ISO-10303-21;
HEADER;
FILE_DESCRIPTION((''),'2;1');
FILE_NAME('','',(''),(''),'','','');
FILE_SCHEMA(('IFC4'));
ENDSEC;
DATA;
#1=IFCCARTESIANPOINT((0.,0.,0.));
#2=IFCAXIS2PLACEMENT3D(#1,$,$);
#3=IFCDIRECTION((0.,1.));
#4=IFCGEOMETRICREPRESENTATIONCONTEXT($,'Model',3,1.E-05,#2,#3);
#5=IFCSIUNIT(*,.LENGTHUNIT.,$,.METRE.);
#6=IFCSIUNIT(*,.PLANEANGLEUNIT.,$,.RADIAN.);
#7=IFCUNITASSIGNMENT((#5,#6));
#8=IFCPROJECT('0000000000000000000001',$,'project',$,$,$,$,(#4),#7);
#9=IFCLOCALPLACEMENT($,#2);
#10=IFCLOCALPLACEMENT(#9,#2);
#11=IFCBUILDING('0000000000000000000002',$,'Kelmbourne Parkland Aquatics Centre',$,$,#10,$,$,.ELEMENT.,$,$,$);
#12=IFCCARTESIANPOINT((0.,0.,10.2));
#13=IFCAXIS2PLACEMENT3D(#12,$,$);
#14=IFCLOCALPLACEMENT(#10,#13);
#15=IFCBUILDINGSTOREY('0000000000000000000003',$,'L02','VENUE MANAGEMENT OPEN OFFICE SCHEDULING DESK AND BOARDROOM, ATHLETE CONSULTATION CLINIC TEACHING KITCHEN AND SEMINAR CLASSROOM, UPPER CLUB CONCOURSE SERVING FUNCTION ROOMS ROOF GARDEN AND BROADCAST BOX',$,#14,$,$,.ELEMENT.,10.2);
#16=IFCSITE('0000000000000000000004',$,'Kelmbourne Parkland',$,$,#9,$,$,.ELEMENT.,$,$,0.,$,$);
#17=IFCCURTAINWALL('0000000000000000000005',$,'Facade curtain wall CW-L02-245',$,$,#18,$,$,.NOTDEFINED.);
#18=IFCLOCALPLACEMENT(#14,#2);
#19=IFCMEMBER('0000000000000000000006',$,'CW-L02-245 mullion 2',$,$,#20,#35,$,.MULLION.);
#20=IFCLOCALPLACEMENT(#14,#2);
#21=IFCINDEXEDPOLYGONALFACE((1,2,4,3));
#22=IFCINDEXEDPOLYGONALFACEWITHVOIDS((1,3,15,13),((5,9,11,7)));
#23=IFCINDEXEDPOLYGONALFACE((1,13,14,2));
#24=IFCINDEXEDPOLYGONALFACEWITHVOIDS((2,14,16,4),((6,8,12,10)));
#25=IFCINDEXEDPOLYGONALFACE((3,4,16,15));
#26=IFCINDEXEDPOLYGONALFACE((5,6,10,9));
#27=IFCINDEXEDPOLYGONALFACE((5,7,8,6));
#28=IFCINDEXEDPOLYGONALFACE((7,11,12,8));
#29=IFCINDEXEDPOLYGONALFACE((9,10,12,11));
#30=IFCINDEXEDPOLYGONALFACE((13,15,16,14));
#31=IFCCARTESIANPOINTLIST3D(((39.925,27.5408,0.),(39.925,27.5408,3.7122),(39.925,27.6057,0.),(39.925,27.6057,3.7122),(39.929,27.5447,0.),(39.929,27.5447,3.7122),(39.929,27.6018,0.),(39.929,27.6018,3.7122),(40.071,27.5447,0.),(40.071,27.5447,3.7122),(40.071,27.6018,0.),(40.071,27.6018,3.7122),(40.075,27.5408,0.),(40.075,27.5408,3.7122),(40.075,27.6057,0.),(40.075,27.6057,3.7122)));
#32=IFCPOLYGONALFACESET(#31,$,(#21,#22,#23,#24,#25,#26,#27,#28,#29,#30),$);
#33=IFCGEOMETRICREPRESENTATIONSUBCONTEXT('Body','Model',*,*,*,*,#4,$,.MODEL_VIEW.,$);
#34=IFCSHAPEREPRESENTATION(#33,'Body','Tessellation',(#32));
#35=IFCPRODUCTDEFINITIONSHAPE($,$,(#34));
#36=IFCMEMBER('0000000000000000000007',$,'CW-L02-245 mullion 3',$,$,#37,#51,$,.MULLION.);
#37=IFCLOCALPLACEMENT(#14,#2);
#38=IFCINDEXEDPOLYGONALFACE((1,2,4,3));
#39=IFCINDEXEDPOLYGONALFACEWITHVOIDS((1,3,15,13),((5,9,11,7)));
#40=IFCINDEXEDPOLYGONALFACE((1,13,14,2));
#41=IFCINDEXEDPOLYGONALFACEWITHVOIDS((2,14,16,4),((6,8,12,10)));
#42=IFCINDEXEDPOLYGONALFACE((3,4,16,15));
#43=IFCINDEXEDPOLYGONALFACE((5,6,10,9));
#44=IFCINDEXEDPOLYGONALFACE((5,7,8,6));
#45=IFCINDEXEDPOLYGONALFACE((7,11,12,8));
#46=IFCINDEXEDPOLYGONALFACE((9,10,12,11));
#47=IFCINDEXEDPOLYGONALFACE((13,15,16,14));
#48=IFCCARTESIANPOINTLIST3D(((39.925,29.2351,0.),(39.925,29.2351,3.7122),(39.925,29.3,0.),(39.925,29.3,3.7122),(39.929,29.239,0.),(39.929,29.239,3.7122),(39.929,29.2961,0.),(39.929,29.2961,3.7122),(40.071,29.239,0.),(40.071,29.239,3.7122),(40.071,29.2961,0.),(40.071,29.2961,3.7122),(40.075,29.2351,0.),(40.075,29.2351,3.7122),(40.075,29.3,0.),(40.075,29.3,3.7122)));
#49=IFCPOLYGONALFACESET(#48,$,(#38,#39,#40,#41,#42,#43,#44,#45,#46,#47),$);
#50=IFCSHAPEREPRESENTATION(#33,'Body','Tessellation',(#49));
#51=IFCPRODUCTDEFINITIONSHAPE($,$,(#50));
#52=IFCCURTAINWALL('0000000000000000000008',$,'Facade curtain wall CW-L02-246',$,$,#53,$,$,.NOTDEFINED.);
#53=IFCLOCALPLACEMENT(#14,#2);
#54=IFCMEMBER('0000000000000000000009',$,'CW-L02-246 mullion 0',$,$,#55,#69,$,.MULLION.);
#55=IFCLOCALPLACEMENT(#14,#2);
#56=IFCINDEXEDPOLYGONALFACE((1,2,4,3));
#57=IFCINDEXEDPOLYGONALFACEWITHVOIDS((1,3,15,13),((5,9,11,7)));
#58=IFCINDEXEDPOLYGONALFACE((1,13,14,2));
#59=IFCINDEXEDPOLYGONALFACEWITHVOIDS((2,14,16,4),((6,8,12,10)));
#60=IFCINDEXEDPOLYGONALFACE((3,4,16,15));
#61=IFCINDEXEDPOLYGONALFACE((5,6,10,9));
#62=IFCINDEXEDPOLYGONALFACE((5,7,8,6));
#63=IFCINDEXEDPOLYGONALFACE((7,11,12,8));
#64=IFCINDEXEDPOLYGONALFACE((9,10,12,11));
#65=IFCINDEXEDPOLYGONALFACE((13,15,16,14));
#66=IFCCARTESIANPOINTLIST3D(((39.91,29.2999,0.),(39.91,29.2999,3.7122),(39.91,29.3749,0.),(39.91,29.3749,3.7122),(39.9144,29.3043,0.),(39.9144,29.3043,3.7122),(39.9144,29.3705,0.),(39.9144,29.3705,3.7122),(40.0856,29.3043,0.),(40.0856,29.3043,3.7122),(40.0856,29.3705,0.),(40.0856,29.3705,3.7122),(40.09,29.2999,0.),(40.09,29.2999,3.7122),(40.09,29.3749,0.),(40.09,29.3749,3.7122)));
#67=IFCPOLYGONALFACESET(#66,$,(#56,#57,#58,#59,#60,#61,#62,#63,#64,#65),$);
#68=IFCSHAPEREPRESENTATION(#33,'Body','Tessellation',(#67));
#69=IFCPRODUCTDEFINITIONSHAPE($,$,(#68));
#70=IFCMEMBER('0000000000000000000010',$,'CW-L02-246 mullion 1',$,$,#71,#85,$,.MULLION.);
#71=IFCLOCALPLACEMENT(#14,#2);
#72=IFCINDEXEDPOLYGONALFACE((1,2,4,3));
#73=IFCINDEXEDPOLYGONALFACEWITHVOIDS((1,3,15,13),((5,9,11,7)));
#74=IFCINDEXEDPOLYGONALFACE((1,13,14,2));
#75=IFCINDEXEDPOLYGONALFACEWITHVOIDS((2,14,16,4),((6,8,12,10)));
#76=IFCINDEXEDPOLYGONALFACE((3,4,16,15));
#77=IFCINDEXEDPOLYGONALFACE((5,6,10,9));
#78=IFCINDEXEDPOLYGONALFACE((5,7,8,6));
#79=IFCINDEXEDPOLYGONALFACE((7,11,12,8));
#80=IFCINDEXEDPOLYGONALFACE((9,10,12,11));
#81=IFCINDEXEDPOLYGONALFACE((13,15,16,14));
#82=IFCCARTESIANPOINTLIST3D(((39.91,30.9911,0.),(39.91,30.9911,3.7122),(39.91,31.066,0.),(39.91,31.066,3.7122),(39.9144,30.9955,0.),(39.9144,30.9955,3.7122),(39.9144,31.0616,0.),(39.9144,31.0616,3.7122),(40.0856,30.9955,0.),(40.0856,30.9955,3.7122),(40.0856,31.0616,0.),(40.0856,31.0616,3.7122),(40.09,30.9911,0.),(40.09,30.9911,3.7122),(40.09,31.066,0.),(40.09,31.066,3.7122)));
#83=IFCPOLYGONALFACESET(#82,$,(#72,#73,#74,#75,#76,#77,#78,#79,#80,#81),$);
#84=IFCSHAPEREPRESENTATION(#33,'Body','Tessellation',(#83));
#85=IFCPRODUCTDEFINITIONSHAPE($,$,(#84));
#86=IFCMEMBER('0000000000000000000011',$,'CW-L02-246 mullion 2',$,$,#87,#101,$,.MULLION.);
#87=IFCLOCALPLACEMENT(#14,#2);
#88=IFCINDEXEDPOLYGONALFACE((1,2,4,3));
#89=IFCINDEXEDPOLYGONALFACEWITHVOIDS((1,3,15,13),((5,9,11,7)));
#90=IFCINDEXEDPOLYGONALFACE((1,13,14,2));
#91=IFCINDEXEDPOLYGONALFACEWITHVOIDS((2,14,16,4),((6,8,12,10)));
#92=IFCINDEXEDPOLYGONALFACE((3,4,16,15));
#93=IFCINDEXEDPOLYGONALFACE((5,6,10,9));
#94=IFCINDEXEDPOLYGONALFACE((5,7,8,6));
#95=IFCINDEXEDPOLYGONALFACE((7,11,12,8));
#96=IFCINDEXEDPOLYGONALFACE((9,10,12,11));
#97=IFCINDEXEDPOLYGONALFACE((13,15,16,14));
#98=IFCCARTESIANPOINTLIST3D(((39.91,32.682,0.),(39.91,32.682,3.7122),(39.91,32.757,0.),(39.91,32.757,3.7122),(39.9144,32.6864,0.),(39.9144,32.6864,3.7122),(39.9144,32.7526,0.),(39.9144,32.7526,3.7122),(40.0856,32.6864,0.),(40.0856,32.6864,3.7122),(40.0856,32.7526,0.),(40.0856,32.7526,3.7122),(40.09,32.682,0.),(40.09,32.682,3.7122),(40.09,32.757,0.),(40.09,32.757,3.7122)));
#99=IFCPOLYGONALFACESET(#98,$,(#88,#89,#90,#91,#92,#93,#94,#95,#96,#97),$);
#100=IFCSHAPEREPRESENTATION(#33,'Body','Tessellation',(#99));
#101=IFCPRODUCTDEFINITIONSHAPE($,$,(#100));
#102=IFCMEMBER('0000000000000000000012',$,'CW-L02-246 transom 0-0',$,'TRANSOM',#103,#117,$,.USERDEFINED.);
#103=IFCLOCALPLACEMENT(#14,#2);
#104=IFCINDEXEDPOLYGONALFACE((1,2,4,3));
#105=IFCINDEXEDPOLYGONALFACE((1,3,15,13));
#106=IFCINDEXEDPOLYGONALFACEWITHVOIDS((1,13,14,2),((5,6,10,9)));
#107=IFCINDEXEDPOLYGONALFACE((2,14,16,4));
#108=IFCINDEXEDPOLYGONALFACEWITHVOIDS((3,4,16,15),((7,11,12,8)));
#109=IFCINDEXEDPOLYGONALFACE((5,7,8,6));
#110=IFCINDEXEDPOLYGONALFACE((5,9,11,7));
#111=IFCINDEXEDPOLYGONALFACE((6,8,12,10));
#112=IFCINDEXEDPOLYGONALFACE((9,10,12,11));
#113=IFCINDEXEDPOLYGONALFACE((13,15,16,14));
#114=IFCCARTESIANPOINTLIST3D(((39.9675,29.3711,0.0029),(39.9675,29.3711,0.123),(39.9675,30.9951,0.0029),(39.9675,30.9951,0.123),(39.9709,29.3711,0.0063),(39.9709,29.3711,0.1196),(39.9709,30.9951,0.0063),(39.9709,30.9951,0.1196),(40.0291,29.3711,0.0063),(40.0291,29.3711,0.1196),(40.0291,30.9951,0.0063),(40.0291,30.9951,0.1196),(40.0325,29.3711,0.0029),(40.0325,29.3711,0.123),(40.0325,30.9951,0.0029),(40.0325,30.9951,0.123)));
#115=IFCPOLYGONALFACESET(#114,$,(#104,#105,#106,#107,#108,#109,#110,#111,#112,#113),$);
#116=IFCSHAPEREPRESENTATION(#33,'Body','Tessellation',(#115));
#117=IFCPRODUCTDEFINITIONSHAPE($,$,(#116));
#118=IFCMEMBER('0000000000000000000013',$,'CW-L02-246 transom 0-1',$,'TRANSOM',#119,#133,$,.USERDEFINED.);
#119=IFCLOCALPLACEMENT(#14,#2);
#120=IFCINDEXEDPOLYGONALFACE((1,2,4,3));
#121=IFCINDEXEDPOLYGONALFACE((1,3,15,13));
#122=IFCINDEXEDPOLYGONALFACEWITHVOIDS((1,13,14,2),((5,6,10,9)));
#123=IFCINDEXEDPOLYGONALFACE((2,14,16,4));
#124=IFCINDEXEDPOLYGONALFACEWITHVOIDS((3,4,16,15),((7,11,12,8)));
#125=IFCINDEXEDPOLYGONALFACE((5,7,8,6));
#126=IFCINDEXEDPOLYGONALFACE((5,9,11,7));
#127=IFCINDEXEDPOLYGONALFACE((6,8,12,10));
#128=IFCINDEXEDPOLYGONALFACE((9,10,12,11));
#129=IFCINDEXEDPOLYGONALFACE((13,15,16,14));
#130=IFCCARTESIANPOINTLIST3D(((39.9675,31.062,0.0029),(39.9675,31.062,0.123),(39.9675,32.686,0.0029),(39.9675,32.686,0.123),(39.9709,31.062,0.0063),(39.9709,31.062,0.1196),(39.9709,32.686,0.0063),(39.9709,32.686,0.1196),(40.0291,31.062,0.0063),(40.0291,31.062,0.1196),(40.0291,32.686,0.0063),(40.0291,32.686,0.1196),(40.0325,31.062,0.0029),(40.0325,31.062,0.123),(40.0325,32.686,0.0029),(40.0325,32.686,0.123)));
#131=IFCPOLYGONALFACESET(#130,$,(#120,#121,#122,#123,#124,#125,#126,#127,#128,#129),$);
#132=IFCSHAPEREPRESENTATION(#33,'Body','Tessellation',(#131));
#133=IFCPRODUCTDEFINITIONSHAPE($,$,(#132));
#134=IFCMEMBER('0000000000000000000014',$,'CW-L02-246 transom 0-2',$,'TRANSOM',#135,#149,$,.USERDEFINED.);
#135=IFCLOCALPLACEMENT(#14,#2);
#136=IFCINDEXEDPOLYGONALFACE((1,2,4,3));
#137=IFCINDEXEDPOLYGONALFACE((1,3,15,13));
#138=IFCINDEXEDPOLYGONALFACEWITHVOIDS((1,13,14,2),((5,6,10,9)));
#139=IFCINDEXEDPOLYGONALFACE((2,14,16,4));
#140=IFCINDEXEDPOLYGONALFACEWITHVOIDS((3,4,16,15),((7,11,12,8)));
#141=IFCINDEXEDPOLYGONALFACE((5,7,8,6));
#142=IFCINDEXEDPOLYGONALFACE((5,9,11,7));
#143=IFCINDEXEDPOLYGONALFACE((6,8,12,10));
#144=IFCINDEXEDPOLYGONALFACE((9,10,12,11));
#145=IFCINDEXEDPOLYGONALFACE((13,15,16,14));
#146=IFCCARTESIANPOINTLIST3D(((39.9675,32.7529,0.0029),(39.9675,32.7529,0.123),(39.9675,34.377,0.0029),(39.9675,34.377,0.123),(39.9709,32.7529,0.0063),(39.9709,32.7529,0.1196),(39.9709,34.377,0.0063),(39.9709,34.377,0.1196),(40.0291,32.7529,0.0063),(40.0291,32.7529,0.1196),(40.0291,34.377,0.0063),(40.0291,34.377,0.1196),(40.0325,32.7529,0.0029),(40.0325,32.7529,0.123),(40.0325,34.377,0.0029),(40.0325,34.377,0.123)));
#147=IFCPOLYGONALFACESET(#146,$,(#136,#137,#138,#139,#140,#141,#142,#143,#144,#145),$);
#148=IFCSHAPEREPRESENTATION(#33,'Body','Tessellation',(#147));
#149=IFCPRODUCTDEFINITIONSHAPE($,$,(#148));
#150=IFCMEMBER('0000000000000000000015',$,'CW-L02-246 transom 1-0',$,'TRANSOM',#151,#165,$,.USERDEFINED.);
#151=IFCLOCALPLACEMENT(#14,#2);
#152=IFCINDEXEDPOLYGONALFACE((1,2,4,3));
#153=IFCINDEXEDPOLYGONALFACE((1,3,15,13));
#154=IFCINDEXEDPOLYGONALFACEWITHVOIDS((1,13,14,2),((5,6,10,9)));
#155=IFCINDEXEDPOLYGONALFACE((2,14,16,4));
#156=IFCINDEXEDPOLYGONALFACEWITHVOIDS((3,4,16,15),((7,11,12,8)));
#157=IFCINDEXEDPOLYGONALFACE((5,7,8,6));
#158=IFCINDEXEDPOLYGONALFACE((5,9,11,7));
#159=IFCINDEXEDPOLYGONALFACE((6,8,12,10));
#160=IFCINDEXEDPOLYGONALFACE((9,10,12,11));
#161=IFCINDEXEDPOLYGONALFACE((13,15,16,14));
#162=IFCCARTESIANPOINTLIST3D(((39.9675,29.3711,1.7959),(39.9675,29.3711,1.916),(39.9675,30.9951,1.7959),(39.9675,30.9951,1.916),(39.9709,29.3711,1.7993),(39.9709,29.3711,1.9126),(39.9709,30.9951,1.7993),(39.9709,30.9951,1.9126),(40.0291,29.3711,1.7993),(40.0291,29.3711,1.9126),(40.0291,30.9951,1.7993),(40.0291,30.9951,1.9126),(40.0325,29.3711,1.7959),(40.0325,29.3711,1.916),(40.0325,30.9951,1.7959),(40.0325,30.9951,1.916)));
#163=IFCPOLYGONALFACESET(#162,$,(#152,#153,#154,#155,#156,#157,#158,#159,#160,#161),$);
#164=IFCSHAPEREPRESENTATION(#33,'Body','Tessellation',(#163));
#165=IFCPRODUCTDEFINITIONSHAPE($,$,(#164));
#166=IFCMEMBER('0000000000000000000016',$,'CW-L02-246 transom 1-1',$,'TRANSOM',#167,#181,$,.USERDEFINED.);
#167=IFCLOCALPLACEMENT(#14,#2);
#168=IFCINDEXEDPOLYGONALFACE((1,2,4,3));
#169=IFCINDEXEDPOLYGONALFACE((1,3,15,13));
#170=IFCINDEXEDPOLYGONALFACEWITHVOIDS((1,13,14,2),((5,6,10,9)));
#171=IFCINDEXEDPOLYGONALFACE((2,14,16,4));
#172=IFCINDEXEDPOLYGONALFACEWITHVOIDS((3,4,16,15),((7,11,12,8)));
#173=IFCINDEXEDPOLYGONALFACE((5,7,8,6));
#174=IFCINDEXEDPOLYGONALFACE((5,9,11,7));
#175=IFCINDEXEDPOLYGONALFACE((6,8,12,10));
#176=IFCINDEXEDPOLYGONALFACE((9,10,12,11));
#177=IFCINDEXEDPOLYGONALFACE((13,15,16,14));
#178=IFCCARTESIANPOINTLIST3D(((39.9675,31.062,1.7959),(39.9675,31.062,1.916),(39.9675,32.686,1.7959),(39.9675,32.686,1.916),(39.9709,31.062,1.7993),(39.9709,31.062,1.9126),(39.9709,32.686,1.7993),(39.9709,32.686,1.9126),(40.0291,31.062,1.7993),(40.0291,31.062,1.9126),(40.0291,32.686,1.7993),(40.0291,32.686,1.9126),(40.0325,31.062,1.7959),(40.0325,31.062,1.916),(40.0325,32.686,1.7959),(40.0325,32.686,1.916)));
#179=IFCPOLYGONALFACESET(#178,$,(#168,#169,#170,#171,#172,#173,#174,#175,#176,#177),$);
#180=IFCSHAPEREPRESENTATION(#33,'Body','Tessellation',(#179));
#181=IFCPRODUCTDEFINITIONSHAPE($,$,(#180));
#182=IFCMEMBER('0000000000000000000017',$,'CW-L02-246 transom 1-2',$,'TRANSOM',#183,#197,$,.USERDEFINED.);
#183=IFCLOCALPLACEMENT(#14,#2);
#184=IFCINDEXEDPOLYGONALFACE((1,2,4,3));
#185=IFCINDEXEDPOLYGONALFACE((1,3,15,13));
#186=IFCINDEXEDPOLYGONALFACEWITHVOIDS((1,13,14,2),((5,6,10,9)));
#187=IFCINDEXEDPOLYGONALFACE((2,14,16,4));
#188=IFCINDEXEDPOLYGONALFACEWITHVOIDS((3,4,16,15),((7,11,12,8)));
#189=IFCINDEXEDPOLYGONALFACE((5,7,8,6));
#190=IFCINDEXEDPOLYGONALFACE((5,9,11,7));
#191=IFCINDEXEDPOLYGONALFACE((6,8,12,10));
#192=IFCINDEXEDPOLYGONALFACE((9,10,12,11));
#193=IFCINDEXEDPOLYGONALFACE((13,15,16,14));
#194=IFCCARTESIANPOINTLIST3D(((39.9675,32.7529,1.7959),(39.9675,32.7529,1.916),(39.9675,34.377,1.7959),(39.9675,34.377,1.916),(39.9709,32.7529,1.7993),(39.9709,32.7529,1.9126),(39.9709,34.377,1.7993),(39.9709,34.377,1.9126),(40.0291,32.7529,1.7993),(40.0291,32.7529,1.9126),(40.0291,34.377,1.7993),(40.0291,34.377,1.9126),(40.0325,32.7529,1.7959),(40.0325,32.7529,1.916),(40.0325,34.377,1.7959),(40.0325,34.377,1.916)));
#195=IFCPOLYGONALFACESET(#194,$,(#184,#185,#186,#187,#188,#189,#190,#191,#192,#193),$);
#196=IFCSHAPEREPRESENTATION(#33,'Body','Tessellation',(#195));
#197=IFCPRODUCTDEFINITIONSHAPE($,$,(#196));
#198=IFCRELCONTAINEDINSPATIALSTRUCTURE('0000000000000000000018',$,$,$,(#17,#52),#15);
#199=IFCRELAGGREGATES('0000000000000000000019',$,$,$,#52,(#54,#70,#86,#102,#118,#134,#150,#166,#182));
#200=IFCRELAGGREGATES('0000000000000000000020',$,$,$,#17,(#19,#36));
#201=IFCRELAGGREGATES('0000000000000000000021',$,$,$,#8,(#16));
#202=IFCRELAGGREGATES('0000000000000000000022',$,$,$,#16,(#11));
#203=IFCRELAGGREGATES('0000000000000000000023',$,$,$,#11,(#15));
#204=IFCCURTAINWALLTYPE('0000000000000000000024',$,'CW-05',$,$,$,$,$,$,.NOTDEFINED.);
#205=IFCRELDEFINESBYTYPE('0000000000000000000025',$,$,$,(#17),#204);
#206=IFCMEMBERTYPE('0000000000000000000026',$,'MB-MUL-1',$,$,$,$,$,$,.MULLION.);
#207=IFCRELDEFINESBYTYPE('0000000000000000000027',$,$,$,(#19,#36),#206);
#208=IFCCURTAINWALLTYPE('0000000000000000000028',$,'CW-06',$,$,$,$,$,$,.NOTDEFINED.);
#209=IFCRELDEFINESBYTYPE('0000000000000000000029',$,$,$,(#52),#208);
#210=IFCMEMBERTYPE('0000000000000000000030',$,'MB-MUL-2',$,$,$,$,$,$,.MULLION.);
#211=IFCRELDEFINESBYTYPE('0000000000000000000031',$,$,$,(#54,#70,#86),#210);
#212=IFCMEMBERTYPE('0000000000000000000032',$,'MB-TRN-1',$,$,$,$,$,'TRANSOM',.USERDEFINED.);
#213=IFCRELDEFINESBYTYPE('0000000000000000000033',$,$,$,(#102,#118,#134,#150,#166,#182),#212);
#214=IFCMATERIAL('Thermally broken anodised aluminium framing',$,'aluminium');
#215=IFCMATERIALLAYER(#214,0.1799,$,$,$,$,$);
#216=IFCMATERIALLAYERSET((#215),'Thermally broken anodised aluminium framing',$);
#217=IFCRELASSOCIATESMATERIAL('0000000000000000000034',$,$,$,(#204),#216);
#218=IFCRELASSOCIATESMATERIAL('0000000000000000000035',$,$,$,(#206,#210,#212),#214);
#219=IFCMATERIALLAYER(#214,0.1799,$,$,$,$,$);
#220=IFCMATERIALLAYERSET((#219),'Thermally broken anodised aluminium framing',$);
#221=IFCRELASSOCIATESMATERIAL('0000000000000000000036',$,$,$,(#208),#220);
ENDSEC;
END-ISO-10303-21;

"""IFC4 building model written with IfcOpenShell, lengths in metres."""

from ifc_helpers import new_model, si_unit, direction, frame, origin, origin_2d, place, context, subcontext, project, spatial, hollow_rectangle, extrude, material, layer, layer_set, material_profile, profile_set, type_object, element, aggregate, save


model = new_model("IFC4")

# Units and contexts
model_context = context("Model", 3, precision=1e-05, world=origin(), true_north=direction((0.0, 1.0)))
body_context = subcontext(model_context, "Body", "Model", "MODEL_VIEW")
ifc_project = project(units=[si_unit("LENGTHUNIT", "METRE"), si_unit("PLANEANGLEUNIT", "RADIAN")], contexts=[model_context])

# Site, building, storey
site_placement = place(None, origin())
site = spatial("IfcSite", under=ifc_project, at=site_placement, Name="Kelmbourne Parkland", CompositionType="ELEMENT", RefElevation=0.0)
building_placement = place(site_placement, origin())
building = spatial("IfcBuilding", under=site, at=building_placement, Name="Kelmbourne Parkland Aquatics Centre", CompositionType="ELEMENT")
storey_placement = place(building_placement, frame((0.0, 0.0, 10.2)))
storey = spatial("IfcBuildingStorey", under=building, at=storey_placement, Name="L02", Description="VENUE MANAGEMENT OPEN OFFICE SCHEDULING DESK AND BOARDROOM, ATHLETE CONSULTATION CLINIC TEACHING KITCHEN AND SEMINAR CLASSROOM, UPPER CLUB CONCOURSE SERVING FUNCTION ROOMS ROOF GARDEN AND BROADCAST BOX", CompositionType="ELEMENT", Elevation=10.2)

# Curtain walls, members
ifc_material_1 = material(Name="Thermally broken anodised aluminium framing", Category="aluminium")
ifc_layer_1 = layer(ifc_material_1, 0.1799)
ifc_layer_set_1 = layer_set([ifc_layer_1], Name="Thermally broken anodised aluminium framing")
curtain_wall_type_1 = type_object("IfcCurtainWallType", Name="CW-05", PredefinedType="NOTDEFINED", material=ifc_layer_set_1)
curtain_wall_1_placement = place(storey_placement, origin())
curtain_wall_1 = element("IfcCurtainWall", 1, at=curtain_wall_1_placement, inside=storey, type_object=curtain_wall_type_1, Name="Facade curtain wall CW-L02-245", PredefinedType="NOTDEFINED")
ifc_material_profile_1 = material_profile(ifc_material_1, hollow_rectangle(XDim=0.0649, YDim=0.1499, WallThickness=0.0039, at=origin_2d()), Name="CW-M 65x150")
ifc_profile_set_1 = profile_set([ifc_material_profile_1], Name="Thermally broken anodised aluminium framing")
member_type_1 = type_object("IfcMemberType", Name="MB-MUL-1", PredefinedType="MULLION", material=ifc_profile_set_1)
member_1_placement = place(storey_placement, frame((40.0, 27.5732, 0.0), z_axis=(0.0, 0.0, 1.0), x_axis=(0.0, 1.0, 0.0)))
member_1 = element("IfcMember", 2, at=member_1_placement, type_object=member_type_1, Name="CW-L02-245 mullion 2", PredefinedType="MULLION", context=body_context, shape_type="SweptSolid", body=[
    extrude(hollow_rectangle(XDim=0.0649, YDim=0.1499, WallThickness=0.0039, at=origin_2d()), origin(), (0.0, 0.0, 1.0), 3.7122),
])
member_2_placement = place(storey_placement, frame((40.0, 29.2676, 0.0), z_axis=(0.0, 0.0, 1.0), x_axis=(0.0, 1.0, 0.0)))
member_2 = element("IfcMember", 3, at=member_2_placement, type_object=member_type_1, Name="CW-L02-245 mullion 3", PredefinedType="MULLION", context=body_context, shape_type="SweptSolid", body=[
    extrude(hollow_rectangle(XDim=0.0649, YDim=0.1499, WallThickness=0.0039, at=origin_2d()), origin(), (0.0, 0.0, 1.0), 3.7122),
])
ifc_layer_2 = layer(ifc_material_1, 0.1799)
ifc_layer_set_2 = layer_set([ifc_layer_2], Name="Thermally broken anodised aluminium framing")
curtain_wall_type_2 = type_object("IfcCurtainWallType", Name="CW-06", PredefinedType="NOTDEFINED", material=ifc_layer_set_2)
curtain_wall_2_placement = place(storey_placement, origin())
curtain_wall_2 = element("IfcCurtainWall", 4, at=curtain_wall_2_placement, inside=storey, type_object=curtain_wall_type_2, Name="Facade curtain wall CW-L02-246", PredefinedType="NOTDEFINED")
ifc_material_profile_2 = material_profile(ifc_material_1, hollow_rectangle(XDim=0.075, YDim=0.1799, WallThickness=0.0044, at=origin_2d()), Name="CW-M 75x180")
ifc_profile_set_2 = profile_set([ifc_material_profile_2], Name="Thermally broken anodised aluminium framing")
member_type_2 = type_object("IfcMemberType", Name="MB-MUL-2", PredefinedType="MULLION", material=ifc_profile_set_2)
member_3_placement = place(storey_placement, frame((40.0, 29.3374, 0.0), z_axis=(0.0, 0.0, 1.0), x_axis=(0.0, 1.0, 0.0)))
member_3 = element("IfcMember", 5, at=member_3_placement, type_object=member_type_2, Name="CW-L02-246 mullion 0", PredefinedType="MULLION", context=body_context, shape_type="SweptSolid", body=[
    extrude(hollow_rectangle(XDim=0.075, YDim=0.1799, WallThickness=0.0044, at=origin_2d()), origin(), (0.0, 0.0, 1.0), 3.7122),
])
member_4_placement = place(storey_placement, frame((40.0, 31.0286, 0.0), z_axis=(0.0, 0.0, 1.0), x_axis=(0.0, 1.0, 0.0)))
member_4 = element("IfcMember", 6, at=member_4_placement, type_object=member_type_2, Name="CW-L02-246 mullion 1", PredefinedType="MULLION", context=body_context, shape_type="SweptSolid", body=[
    extrude(hollow_rectangle(XDim=0.075, YDim=0.1799, WallThickness=0.0044, at=origin_2d()), origin(), (0.0, 0.0, 1.0), 3.7122),
])
member_5_placement = place(storey_placement, frame((40.0, 32.7195, 0.0), z_axis=(0.0, 0.0, 1.0), x_axis=(0.0, 1.0, 0.0)))
member_5 = element("IfcMember", 7, at=member_5_placement, type_object=member_type_2, Name="CW-L02-246 mullion 2", PredefinedType="MULLION", context=body_context, shape_type="SweptSolid", body=[
    extrude(hollow_rectangle(XDim=0.075, YDim=0.1799, WallThickness=0.0044, at=origin_2d()), origin(), (0.0, 0.0, 1.0), 3.7122),
])
ifc_material_profile_3 = material_profile(ifc_material_1, hollow_rectangle(XDim=0.0649, YDim=0.1201, WallThickness=0.0034, at=origin_2d()), Name="CW-T 65x120")
ifc_profile_set_3 = profile_set([ifc_material_profile_3], Name="Thermally broken anodised aluminium framing")
member_type_3 = type_object("IfcMemberType", Name="MB-TRN-1", ElementType="TRANSOM", PredefinedType="USERDEFINED", material=ifc_profile_set_3)
member_6_placement = place(storey_placement, frame((40.0, 29.3711, 0.063), z_axis=(0.0, 1.0, 0.0), x_axis=(-1.0, 0.0, 0.0)))
member_6 = element("IfcMember", 8, at=member_6_placement, type_object=member_type_3, Name="CW-L02-246 transom 0-0", ObjectType="TRANSOM", PredefinedType="USERDEFINED", context=body_context, shape_type="SweptSolid", body=[
    extrude(hollow_rectangle(XDim=0.0649, YDim=0.1201, WallThickness=0.0034, at=origin_2d()), origin(), (0.0, 0.0, 1.0), 1.624),
])
member_7_placement = place(storey_placement, frame((40.0, 31.062, 0.063), z_axis=(0.0, 1.0, 0.0), x_axis=(-1.0, 0.0, 0.0)))
member_7 = element("IfcMember", 9, at=member_7_placement, type_object=member_type_3, Name="CW-L02-246 transom 0-1", ObjectType="TRANSOM", PredefinedType="USERDEFINED", context=body_context, shape_type="SweptSolid", body=[
    extrude(hollow_rectangle(XDim=0.0649, YDim=0.1201, WallThickness=0.0034, at=origin_2d()), origin(), (0.0, 0.0, 1.0), 1.624),
])
member_8_placement = place(storey_placement, frame((40.0, 32.7529, 0.063), z_axis=(0.0, 1.0, 0.0), x_axis=(-1.0, 0.0, 0.0)))
member_8 = element("IfcMember", 10, at=member_8_placement, type_object=member_type_3, Name="CW-L02-246 transom 0-2", ObjectType="TRANSOM", PredefinedType="USERDEFINED", context=body_context, shape_type="SweptSolid", body=[
    extrude(hollow_rectangle(XDim=0.0649, YDim=0.1201, WallThickness=0.0034, at=origin_2d()), origin(), (0.0, 0.0, 1.0), 1.624),
])
member_9_placement = place(storey_placement, frame((40.0, 29.3711, 1.856), z_axis=(0.0, 1.0, 0.0), x_axis=(-1.0, 0.0, 0.0)))
member_9 = element("IfcMember", 11, at=member_9_placement, type_object=member_type_3, Name="CW-L02-246 transom 1-0", ObjectType="TRANSOM", PredefinedType="USERDEFINED", context=body_context, shape_type="SweptSolid", body=[
    extrude(hollow_rectangle(XDim=0.0649, YDim=0.1201, WallThickness=0.0034, at=origin_2d()), origin(), (0.0, 0.0, 1.0), 1.624),
])
member_10_placement = place(storey_placement, frame((40.0, 31.062, 1.856), z_axis=(0.0, 1.0, 0.0), x_axis=(-1.0, 0.0, 0.0)))
member_10 = element("IfcMember", 12, at=member_10_placement, type_object=member_type_3, Name="CW-L02-246 transom 1-1", ObjectType="TRANSOM", PredefinedType="USERDEFINED", context=body_context, shape_type="SweptSolid", body=[
    extrude(hollow_rectangle(XDim=0.0649, YDim=0.1201, WallThickness=0.0034, at=origin_2d()), origin(), (0.0, 0.0, 1.0), 1.624),
])
member_11_placement = place(storey_placement, frame((40.0, 32.7529, 1.856), z_axis=(0.0, 1.0, 0.0), x_axis=(-1.0, 0.0, 0.0)))
member_11 = element("IfcMember", 13, at=member_11_placement, type_object=member_type_3, Name="CW-L02-246 transom 1-2", ObjectType="TRANSOM", PredefinedType="USERDEFINED", context=body_context, shape_type="SweptSolid", body=[
    extrude(hollow_rectangle(XDim=0.0649, YDim=0.1201, WallThickness=0.0034, at=origin_2d()), origin(), (0.0, 0.0, 1.0), 1.624),
])

aggregate(curtain_wall_2, [member_3, member_4, member_5, member_6, member_7, member_8, member_9, member_10, member_11])
aggregate(curtain_wall_1, [member_1, member_2])

save(model, "model.ifc")
